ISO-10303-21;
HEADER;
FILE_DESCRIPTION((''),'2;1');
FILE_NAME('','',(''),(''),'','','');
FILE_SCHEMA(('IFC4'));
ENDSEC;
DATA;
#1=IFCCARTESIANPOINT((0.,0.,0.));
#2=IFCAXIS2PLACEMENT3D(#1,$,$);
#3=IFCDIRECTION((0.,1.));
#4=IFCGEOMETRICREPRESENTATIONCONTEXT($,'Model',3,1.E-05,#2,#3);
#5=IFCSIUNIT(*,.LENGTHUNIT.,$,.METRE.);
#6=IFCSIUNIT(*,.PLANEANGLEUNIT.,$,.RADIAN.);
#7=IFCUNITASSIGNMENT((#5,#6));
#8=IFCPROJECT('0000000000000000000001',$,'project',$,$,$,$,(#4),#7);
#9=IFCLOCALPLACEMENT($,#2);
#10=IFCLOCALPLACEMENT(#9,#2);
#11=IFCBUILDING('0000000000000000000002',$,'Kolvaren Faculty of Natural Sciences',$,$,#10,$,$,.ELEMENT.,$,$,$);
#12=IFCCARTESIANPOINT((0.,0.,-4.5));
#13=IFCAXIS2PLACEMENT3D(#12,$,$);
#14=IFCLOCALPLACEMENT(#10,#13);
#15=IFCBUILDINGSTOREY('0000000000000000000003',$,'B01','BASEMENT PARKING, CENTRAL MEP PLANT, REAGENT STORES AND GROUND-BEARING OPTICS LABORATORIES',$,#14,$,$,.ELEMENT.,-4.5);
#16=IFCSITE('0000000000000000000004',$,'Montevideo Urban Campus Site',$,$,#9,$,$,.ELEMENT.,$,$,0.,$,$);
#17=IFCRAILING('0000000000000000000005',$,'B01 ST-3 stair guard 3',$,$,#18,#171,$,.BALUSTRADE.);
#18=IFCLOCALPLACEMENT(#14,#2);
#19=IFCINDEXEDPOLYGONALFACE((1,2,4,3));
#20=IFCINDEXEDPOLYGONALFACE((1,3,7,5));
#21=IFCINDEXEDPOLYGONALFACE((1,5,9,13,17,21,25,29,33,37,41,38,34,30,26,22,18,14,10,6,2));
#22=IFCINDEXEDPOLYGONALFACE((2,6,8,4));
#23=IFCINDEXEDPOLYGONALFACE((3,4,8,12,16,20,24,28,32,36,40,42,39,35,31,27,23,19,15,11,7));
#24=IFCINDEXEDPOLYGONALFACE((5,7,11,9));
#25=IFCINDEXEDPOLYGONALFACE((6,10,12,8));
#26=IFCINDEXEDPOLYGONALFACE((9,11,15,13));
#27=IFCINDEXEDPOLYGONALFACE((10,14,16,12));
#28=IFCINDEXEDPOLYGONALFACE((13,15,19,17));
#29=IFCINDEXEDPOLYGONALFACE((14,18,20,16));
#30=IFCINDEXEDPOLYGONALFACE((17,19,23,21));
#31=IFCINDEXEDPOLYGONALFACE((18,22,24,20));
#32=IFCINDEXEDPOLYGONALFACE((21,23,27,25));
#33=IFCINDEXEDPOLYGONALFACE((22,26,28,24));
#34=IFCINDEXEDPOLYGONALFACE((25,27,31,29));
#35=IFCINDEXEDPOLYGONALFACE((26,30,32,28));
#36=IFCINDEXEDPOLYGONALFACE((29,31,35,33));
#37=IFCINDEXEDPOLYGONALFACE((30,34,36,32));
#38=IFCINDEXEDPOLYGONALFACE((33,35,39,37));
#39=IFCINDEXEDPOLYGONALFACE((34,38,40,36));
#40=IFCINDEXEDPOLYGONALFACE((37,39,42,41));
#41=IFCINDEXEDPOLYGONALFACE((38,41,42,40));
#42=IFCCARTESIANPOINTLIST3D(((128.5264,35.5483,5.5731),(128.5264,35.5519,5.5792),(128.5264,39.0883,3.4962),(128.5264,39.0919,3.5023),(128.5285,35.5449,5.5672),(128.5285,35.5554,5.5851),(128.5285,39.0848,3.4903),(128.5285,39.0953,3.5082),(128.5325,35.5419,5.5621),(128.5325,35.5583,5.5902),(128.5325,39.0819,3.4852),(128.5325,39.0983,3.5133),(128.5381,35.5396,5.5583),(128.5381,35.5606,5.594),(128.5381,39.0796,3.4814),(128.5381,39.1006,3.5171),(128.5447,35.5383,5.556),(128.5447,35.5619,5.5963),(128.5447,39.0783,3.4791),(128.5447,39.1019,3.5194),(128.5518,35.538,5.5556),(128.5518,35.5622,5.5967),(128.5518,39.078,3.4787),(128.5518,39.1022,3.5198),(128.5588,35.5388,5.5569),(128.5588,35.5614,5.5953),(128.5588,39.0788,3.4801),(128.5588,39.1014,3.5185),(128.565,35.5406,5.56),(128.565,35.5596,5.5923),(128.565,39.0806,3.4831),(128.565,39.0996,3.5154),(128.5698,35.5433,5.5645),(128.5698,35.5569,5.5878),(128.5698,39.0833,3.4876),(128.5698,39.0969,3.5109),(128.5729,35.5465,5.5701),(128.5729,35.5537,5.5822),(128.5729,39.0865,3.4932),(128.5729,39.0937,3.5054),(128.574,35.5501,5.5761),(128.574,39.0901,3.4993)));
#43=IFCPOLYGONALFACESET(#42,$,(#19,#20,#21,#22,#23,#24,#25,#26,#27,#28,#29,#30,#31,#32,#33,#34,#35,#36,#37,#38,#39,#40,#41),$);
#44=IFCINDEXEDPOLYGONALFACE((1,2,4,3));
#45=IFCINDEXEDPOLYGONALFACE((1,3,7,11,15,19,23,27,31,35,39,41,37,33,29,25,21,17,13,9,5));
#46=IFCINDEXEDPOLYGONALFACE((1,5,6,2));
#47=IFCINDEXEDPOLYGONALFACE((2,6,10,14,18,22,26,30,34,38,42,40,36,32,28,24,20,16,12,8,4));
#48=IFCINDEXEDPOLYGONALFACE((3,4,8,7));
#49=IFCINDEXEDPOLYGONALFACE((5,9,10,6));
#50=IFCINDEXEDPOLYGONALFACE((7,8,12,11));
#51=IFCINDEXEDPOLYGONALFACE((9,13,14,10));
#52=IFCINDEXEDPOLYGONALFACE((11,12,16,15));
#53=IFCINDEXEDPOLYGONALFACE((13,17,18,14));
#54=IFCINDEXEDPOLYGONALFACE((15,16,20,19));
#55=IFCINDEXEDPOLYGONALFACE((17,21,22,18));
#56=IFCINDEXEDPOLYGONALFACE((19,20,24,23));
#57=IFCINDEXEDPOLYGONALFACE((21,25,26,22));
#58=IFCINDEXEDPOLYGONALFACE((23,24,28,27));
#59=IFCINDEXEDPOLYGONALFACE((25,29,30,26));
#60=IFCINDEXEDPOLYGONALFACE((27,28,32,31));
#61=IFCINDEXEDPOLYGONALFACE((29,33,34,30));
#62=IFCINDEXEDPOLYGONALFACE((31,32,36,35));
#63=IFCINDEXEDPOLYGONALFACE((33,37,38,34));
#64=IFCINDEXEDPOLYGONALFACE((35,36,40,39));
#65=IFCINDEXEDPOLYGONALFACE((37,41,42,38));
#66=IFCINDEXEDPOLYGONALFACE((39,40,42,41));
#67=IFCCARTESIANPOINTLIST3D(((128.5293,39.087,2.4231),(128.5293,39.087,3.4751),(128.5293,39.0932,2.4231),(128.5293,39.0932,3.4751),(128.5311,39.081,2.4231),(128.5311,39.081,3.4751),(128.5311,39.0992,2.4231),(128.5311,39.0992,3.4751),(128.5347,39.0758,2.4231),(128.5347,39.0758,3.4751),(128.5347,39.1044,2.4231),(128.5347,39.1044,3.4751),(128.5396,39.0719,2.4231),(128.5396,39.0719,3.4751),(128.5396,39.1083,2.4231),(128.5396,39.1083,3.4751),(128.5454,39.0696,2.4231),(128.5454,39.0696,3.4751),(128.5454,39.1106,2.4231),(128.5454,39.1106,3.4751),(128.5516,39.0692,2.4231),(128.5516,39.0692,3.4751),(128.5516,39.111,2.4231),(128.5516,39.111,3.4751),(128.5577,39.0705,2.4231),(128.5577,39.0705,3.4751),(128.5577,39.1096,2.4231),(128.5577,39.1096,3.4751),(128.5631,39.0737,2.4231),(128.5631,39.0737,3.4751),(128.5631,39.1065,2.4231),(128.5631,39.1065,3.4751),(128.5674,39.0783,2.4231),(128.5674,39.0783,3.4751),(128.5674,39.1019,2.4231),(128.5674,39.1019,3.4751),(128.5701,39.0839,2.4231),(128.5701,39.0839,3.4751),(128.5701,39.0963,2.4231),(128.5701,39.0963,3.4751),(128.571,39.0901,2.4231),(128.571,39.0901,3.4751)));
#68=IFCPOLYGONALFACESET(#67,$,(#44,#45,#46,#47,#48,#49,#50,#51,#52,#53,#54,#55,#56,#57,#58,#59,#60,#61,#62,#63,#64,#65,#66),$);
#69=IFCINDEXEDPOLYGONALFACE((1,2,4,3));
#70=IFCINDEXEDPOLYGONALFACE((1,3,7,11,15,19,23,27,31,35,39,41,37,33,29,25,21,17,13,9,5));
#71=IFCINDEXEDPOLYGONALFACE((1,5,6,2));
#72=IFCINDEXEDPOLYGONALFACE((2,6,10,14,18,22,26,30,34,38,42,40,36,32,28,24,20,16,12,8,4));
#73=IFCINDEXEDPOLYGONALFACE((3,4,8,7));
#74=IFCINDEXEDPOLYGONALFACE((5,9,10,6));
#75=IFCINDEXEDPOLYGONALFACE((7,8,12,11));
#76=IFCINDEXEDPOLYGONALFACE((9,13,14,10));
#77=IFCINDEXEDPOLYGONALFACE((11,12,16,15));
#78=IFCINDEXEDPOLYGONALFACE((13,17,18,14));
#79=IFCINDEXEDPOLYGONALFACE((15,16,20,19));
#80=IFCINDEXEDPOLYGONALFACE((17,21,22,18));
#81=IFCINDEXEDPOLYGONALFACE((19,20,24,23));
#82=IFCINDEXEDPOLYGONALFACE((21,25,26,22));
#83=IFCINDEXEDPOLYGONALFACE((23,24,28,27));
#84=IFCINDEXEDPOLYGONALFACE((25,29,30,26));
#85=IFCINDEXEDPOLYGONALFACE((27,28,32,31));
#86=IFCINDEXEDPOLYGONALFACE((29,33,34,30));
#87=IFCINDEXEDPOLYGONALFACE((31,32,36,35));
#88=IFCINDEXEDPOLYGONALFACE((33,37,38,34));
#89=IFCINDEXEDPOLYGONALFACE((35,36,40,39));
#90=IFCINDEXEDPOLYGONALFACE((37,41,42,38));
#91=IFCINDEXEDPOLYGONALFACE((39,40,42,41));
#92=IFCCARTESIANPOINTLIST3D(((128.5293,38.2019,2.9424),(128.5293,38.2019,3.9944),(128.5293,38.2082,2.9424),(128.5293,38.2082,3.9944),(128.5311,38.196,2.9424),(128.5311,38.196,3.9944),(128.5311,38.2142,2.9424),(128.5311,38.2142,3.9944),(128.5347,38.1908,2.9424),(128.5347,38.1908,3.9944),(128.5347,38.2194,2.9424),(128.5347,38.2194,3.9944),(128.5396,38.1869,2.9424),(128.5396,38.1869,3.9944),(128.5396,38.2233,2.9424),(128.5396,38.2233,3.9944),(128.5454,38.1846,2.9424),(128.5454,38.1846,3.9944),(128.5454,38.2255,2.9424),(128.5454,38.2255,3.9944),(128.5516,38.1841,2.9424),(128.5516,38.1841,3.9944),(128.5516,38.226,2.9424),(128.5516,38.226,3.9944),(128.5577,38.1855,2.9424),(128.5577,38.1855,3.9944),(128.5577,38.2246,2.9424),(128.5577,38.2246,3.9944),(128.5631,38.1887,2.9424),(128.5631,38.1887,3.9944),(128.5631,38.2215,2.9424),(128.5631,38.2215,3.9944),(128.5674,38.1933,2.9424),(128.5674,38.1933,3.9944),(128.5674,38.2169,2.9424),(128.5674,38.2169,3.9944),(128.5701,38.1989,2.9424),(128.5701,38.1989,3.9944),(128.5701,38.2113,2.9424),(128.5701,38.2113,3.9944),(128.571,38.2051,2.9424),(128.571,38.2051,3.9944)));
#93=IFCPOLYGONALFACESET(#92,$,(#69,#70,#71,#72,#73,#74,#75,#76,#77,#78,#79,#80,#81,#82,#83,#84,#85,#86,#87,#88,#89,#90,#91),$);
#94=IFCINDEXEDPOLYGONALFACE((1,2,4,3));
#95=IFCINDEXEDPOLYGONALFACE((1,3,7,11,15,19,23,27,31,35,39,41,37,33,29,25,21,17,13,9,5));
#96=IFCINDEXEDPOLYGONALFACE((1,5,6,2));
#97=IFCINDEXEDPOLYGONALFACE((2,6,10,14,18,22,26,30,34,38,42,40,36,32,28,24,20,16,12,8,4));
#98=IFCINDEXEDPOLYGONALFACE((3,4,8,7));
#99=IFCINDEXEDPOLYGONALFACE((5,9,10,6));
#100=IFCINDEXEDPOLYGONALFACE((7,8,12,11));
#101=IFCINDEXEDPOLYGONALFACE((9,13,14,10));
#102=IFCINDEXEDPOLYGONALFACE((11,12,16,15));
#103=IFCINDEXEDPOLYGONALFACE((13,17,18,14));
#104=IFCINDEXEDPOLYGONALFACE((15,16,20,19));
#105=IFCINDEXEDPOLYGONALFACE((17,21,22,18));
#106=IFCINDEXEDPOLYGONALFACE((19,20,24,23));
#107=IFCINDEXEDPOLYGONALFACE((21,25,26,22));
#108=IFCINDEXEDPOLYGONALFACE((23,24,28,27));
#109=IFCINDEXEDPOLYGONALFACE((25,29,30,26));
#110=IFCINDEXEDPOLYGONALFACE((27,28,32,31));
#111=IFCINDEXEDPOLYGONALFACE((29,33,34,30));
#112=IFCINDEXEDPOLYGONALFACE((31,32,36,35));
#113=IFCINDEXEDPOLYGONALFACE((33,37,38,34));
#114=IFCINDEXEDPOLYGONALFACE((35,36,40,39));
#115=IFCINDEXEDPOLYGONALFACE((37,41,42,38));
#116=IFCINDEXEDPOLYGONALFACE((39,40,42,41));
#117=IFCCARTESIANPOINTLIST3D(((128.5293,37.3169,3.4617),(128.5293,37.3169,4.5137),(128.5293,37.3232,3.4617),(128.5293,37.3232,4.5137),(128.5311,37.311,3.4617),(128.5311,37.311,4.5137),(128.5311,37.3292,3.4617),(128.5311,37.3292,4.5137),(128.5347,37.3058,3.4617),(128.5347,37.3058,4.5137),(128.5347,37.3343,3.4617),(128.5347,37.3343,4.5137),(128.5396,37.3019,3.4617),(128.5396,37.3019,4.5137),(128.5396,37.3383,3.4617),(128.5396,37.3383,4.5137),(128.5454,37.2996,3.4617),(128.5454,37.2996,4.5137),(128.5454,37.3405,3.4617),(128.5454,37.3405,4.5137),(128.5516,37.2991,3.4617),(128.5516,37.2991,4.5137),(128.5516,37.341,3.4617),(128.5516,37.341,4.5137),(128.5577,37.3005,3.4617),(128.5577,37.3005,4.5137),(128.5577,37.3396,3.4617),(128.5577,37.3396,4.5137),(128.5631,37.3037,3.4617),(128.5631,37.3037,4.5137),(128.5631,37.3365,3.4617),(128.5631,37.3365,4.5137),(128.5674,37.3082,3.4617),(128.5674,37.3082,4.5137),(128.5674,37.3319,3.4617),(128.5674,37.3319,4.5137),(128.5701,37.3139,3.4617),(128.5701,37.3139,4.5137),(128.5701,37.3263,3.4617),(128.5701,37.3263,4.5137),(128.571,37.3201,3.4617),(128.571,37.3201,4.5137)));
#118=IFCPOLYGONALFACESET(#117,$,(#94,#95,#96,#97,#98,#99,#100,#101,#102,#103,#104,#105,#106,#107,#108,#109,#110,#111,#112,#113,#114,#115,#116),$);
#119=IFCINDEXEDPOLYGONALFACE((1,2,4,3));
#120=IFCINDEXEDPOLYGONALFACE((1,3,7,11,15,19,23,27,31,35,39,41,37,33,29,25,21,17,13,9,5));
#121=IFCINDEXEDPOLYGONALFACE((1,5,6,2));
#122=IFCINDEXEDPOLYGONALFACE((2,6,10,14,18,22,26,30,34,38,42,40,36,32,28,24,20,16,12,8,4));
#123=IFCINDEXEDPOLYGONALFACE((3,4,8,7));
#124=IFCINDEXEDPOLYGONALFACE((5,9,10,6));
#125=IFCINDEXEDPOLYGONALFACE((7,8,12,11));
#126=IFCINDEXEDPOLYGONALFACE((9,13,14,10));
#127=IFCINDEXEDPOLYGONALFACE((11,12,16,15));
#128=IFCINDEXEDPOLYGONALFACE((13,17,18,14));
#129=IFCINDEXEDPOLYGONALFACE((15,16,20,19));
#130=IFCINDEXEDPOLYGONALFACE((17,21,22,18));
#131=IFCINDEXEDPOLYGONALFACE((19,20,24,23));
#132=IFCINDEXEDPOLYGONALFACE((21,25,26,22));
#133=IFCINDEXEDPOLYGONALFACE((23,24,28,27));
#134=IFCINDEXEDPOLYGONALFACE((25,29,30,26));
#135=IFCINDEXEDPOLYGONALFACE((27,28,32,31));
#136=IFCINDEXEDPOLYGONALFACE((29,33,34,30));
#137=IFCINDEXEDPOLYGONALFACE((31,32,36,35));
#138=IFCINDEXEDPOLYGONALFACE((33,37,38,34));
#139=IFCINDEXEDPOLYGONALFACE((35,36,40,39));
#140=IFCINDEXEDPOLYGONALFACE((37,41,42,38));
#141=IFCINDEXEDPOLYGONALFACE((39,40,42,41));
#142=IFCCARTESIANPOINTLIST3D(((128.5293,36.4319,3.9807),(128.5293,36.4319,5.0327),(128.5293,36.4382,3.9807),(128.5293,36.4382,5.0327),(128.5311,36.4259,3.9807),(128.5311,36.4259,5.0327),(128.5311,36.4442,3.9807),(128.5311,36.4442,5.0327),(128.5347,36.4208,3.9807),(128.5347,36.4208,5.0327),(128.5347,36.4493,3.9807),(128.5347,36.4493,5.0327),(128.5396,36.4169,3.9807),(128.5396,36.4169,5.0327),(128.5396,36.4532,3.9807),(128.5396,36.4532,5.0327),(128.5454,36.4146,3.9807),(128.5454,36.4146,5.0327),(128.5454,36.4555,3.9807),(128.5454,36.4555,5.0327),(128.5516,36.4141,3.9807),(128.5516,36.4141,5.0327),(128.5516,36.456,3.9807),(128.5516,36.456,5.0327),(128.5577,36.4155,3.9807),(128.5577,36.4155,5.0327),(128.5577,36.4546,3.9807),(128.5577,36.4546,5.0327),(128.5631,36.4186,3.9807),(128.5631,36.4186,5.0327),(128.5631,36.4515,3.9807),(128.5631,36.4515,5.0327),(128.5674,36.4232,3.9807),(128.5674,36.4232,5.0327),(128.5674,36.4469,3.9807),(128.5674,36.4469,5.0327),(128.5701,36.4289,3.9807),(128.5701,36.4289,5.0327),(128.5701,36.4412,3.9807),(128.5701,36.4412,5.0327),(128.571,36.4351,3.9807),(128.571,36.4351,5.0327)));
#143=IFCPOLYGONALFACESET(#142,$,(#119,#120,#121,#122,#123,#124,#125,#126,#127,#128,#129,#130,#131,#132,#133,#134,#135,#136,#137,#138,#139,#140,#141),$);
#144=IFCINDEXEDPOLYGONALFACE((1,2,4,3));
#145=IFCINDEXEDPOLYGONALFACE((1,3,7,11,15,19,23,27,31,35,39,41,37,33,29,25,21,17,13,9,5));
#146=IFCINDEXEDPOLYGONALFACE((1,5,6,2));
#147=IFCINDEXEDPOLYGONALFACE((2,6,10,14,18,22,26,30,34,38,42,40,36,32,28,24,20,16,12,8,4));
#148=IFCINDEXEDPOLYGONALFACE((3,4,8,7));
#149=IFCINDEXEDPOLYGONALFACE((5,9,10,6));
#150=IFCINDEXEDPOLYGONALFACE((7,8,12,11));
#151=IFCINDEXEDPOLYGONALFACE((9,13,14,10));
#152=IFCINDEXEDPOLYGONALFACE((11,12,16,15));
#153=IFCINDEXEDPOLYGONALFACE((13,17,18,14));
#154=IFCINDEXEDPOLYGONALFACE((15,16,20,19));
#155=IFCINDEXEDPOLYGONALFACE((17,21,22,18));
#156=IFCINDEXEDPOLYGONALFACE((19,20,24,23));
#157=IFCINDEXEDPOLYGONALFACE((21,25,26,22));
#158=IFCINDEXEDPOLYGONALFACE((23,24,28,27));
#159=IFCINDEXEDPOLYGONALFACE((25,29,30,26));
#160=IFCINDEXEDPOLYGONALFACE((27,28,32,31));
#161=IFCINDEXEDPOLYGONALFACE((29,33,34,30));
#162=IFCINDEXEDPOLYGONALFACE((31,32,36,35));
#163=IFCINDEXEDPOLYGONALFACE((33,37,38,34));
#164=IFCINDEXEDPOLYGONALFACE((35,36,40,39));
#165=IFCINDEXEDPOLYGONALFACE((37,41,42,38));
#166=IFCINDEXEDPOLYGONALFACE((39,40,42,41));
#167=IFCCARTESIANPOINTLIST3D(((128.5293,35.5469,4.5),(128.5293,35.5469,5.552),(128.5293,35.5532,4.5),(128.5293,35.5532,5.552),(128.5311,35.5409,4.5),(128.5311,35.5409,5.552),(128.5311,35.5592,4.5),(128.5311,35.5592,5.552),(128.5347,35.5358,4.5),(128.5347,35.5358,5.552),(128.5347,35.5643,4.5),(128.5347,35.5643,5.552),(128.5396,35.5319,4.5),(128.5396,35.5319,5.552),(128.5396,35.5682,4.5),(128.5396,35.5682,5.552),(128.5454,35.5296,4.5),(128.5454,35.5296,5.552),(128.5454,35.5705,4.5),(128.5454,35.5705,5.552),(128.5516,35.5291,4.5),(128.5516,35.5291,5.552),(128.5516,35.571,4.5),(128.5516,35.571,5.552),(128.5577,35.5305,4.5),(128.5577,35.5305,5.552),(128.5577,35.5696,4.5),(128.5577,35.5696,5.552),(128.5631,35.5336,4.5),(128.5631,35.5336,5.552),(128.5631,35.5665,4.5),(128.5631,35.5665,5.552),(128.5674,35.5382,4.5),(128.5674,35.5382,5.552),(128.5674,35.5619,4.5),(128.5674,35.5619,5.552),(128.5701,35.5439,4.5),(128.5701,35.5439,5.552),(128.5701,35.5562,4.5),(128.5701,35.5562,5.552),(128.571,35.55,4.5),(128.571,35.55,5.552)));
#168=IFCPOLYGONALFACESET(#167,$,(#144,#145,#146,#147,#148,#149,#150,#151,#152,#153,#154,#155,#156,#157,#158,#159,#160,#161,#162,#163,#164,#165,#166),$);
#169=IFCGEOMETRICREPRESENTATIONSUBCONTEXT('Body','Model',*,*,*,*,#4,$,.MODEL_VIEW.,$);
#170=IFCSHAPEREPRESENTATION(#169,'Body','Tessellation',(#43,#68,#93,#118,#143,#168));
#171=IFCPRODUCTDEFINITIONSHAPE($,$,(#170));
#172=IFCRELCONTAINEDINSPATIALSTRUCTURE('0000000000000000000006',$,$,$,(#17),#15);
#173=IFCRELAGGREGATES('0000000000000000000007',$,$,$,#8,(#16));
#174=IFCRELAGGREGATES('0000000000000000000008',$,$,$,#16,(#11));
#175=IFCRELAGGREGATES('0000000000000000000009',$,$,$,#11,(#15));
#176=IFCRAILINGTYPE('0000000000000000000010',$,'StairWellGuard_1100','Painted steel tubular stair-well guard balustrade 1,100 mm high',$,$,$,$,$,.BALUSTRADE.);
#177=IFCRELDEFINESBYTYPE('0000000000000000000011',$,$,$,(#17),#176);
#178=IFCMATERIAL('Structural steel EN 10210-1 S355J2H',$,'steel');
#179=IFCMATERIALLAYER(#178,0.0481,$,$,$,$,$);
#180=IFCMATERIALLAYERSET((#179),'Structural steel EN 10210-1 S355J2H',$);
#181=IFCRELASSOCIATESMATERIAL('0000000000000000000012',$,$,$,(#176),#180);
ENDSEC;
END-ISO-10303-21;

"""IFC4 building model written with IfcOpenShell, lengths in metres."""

from ifc_helpers import new_model, si_unit, direction, frame, origin, origin_2d, place, context, subcontext, project, spatial, circle, extrude, material, layer, layer_set, type_object, element, save


model = new_model("IFC4")

# Units and contexts
model_context = context("Model", 3, precision=1e-05, world=origin(), true_north=direction((0.0, 1.0)))
body_context = subcontext(model_context, "Body", "Model", "MODEL_VIEW")
ifc_project = project(units=[si_unit("LENGTHUNIT", "METRE"), si_unit("PLANEANGLEUNIT", "RADIAN")], contexts=[model_context])

# Site, building, storey
site_placement = place(None, origin())
site = spatial("IfcSite", under=ifc_project, at=site_placement, Name="Montevideo Urban Campus Site", CompositionType="ELEMENT", RefElevation=0.0)
building_placement = place(site_placement, origin())
building = spatial("IfcBuilding", under=site, at=building_placement, Name="Kolvaren Faculty of Natural Sciences", CompositionType="ELEMENT")
storey_placement = place(building_placement, frame((0.0, 0.0, -4.5)))
storey = spatial("IfcBuildingStorey", under=building, at=storey_placement, Name="B01", Description="BASEMENT PARKING, CENTRAL MEP PLANT, REAGENT STORES AND GROUND-BEARING OPTICS LABORATORIES", CompositionType="ELEMENT", Elevation=-4.5)

# Railing
ifc_material_1 = material(Name="Structural steel EN 10210-1 S355J2H", Category="steel")
ifc_layer_1 = layer(ifc_material_1, 0.0481)
ifc_layer_set_1 = layer_set([ifc_layer_1], Name="Structural steel EN 10210-1 S355J2H")
railing_type_1 = type_object("IfcRailingType", Name="StairWellGuard_1100", Description="Painted steel tubular stair-well guard balustrade 1,100 mm high", PredefinedType="BALUSTRADE", material=ifc_layer_set_1)
railing_1_placement = place(storey_placement, frame((128.55, 39.0901, 2.4231)))
element("IfcRailing", 1, at=railing_1_placement, inside=storey, type_object=railing_type_1, Name="B01 ST-3 stair guard 3", PredefinedType="BALUSTRADE", context=body_context, shape_type="SweptSolid", body=[
    extrude(circle(Radius=0.0239, at=origin_2d()), frame((0.0, 0.0, 1.0762), z_axis=(0.0, -0.862516, 0.506029), x_axis=(1.0, 0.0, 0.0)), (0.0, 0.0, 1.0), 4.1042),
    extrude(circle(Radius=0.021, at=origin_2d()), origin(), (0.0, 0.0, 1.0), 1.052),
    extrude(circle(Radius=0.021, at=origin_2d()), frame((0.0, -0.885, 0.5193)), (0.0, 0.0, 1.0), 1.052),
    extrude(circle(Radius=0.021, at=origin_2d()), frame((0.0, -1.77, 1.0386)), (0.0, 0.0, 1.0), 1.052),
    extrude(circle(Radius=0.021, at=origin_2d()), frame((0.0, -2.655, 1.5576)), (0.0, 0.0, 1.0), 1.052),
    extrude(circle(Radius=0.021, at=origin_2d()), frame((0.0, -3.54, 2.0769)), (0.0, 0.0, 1.0), 1.052),
])

save(model, "model.ifc")
